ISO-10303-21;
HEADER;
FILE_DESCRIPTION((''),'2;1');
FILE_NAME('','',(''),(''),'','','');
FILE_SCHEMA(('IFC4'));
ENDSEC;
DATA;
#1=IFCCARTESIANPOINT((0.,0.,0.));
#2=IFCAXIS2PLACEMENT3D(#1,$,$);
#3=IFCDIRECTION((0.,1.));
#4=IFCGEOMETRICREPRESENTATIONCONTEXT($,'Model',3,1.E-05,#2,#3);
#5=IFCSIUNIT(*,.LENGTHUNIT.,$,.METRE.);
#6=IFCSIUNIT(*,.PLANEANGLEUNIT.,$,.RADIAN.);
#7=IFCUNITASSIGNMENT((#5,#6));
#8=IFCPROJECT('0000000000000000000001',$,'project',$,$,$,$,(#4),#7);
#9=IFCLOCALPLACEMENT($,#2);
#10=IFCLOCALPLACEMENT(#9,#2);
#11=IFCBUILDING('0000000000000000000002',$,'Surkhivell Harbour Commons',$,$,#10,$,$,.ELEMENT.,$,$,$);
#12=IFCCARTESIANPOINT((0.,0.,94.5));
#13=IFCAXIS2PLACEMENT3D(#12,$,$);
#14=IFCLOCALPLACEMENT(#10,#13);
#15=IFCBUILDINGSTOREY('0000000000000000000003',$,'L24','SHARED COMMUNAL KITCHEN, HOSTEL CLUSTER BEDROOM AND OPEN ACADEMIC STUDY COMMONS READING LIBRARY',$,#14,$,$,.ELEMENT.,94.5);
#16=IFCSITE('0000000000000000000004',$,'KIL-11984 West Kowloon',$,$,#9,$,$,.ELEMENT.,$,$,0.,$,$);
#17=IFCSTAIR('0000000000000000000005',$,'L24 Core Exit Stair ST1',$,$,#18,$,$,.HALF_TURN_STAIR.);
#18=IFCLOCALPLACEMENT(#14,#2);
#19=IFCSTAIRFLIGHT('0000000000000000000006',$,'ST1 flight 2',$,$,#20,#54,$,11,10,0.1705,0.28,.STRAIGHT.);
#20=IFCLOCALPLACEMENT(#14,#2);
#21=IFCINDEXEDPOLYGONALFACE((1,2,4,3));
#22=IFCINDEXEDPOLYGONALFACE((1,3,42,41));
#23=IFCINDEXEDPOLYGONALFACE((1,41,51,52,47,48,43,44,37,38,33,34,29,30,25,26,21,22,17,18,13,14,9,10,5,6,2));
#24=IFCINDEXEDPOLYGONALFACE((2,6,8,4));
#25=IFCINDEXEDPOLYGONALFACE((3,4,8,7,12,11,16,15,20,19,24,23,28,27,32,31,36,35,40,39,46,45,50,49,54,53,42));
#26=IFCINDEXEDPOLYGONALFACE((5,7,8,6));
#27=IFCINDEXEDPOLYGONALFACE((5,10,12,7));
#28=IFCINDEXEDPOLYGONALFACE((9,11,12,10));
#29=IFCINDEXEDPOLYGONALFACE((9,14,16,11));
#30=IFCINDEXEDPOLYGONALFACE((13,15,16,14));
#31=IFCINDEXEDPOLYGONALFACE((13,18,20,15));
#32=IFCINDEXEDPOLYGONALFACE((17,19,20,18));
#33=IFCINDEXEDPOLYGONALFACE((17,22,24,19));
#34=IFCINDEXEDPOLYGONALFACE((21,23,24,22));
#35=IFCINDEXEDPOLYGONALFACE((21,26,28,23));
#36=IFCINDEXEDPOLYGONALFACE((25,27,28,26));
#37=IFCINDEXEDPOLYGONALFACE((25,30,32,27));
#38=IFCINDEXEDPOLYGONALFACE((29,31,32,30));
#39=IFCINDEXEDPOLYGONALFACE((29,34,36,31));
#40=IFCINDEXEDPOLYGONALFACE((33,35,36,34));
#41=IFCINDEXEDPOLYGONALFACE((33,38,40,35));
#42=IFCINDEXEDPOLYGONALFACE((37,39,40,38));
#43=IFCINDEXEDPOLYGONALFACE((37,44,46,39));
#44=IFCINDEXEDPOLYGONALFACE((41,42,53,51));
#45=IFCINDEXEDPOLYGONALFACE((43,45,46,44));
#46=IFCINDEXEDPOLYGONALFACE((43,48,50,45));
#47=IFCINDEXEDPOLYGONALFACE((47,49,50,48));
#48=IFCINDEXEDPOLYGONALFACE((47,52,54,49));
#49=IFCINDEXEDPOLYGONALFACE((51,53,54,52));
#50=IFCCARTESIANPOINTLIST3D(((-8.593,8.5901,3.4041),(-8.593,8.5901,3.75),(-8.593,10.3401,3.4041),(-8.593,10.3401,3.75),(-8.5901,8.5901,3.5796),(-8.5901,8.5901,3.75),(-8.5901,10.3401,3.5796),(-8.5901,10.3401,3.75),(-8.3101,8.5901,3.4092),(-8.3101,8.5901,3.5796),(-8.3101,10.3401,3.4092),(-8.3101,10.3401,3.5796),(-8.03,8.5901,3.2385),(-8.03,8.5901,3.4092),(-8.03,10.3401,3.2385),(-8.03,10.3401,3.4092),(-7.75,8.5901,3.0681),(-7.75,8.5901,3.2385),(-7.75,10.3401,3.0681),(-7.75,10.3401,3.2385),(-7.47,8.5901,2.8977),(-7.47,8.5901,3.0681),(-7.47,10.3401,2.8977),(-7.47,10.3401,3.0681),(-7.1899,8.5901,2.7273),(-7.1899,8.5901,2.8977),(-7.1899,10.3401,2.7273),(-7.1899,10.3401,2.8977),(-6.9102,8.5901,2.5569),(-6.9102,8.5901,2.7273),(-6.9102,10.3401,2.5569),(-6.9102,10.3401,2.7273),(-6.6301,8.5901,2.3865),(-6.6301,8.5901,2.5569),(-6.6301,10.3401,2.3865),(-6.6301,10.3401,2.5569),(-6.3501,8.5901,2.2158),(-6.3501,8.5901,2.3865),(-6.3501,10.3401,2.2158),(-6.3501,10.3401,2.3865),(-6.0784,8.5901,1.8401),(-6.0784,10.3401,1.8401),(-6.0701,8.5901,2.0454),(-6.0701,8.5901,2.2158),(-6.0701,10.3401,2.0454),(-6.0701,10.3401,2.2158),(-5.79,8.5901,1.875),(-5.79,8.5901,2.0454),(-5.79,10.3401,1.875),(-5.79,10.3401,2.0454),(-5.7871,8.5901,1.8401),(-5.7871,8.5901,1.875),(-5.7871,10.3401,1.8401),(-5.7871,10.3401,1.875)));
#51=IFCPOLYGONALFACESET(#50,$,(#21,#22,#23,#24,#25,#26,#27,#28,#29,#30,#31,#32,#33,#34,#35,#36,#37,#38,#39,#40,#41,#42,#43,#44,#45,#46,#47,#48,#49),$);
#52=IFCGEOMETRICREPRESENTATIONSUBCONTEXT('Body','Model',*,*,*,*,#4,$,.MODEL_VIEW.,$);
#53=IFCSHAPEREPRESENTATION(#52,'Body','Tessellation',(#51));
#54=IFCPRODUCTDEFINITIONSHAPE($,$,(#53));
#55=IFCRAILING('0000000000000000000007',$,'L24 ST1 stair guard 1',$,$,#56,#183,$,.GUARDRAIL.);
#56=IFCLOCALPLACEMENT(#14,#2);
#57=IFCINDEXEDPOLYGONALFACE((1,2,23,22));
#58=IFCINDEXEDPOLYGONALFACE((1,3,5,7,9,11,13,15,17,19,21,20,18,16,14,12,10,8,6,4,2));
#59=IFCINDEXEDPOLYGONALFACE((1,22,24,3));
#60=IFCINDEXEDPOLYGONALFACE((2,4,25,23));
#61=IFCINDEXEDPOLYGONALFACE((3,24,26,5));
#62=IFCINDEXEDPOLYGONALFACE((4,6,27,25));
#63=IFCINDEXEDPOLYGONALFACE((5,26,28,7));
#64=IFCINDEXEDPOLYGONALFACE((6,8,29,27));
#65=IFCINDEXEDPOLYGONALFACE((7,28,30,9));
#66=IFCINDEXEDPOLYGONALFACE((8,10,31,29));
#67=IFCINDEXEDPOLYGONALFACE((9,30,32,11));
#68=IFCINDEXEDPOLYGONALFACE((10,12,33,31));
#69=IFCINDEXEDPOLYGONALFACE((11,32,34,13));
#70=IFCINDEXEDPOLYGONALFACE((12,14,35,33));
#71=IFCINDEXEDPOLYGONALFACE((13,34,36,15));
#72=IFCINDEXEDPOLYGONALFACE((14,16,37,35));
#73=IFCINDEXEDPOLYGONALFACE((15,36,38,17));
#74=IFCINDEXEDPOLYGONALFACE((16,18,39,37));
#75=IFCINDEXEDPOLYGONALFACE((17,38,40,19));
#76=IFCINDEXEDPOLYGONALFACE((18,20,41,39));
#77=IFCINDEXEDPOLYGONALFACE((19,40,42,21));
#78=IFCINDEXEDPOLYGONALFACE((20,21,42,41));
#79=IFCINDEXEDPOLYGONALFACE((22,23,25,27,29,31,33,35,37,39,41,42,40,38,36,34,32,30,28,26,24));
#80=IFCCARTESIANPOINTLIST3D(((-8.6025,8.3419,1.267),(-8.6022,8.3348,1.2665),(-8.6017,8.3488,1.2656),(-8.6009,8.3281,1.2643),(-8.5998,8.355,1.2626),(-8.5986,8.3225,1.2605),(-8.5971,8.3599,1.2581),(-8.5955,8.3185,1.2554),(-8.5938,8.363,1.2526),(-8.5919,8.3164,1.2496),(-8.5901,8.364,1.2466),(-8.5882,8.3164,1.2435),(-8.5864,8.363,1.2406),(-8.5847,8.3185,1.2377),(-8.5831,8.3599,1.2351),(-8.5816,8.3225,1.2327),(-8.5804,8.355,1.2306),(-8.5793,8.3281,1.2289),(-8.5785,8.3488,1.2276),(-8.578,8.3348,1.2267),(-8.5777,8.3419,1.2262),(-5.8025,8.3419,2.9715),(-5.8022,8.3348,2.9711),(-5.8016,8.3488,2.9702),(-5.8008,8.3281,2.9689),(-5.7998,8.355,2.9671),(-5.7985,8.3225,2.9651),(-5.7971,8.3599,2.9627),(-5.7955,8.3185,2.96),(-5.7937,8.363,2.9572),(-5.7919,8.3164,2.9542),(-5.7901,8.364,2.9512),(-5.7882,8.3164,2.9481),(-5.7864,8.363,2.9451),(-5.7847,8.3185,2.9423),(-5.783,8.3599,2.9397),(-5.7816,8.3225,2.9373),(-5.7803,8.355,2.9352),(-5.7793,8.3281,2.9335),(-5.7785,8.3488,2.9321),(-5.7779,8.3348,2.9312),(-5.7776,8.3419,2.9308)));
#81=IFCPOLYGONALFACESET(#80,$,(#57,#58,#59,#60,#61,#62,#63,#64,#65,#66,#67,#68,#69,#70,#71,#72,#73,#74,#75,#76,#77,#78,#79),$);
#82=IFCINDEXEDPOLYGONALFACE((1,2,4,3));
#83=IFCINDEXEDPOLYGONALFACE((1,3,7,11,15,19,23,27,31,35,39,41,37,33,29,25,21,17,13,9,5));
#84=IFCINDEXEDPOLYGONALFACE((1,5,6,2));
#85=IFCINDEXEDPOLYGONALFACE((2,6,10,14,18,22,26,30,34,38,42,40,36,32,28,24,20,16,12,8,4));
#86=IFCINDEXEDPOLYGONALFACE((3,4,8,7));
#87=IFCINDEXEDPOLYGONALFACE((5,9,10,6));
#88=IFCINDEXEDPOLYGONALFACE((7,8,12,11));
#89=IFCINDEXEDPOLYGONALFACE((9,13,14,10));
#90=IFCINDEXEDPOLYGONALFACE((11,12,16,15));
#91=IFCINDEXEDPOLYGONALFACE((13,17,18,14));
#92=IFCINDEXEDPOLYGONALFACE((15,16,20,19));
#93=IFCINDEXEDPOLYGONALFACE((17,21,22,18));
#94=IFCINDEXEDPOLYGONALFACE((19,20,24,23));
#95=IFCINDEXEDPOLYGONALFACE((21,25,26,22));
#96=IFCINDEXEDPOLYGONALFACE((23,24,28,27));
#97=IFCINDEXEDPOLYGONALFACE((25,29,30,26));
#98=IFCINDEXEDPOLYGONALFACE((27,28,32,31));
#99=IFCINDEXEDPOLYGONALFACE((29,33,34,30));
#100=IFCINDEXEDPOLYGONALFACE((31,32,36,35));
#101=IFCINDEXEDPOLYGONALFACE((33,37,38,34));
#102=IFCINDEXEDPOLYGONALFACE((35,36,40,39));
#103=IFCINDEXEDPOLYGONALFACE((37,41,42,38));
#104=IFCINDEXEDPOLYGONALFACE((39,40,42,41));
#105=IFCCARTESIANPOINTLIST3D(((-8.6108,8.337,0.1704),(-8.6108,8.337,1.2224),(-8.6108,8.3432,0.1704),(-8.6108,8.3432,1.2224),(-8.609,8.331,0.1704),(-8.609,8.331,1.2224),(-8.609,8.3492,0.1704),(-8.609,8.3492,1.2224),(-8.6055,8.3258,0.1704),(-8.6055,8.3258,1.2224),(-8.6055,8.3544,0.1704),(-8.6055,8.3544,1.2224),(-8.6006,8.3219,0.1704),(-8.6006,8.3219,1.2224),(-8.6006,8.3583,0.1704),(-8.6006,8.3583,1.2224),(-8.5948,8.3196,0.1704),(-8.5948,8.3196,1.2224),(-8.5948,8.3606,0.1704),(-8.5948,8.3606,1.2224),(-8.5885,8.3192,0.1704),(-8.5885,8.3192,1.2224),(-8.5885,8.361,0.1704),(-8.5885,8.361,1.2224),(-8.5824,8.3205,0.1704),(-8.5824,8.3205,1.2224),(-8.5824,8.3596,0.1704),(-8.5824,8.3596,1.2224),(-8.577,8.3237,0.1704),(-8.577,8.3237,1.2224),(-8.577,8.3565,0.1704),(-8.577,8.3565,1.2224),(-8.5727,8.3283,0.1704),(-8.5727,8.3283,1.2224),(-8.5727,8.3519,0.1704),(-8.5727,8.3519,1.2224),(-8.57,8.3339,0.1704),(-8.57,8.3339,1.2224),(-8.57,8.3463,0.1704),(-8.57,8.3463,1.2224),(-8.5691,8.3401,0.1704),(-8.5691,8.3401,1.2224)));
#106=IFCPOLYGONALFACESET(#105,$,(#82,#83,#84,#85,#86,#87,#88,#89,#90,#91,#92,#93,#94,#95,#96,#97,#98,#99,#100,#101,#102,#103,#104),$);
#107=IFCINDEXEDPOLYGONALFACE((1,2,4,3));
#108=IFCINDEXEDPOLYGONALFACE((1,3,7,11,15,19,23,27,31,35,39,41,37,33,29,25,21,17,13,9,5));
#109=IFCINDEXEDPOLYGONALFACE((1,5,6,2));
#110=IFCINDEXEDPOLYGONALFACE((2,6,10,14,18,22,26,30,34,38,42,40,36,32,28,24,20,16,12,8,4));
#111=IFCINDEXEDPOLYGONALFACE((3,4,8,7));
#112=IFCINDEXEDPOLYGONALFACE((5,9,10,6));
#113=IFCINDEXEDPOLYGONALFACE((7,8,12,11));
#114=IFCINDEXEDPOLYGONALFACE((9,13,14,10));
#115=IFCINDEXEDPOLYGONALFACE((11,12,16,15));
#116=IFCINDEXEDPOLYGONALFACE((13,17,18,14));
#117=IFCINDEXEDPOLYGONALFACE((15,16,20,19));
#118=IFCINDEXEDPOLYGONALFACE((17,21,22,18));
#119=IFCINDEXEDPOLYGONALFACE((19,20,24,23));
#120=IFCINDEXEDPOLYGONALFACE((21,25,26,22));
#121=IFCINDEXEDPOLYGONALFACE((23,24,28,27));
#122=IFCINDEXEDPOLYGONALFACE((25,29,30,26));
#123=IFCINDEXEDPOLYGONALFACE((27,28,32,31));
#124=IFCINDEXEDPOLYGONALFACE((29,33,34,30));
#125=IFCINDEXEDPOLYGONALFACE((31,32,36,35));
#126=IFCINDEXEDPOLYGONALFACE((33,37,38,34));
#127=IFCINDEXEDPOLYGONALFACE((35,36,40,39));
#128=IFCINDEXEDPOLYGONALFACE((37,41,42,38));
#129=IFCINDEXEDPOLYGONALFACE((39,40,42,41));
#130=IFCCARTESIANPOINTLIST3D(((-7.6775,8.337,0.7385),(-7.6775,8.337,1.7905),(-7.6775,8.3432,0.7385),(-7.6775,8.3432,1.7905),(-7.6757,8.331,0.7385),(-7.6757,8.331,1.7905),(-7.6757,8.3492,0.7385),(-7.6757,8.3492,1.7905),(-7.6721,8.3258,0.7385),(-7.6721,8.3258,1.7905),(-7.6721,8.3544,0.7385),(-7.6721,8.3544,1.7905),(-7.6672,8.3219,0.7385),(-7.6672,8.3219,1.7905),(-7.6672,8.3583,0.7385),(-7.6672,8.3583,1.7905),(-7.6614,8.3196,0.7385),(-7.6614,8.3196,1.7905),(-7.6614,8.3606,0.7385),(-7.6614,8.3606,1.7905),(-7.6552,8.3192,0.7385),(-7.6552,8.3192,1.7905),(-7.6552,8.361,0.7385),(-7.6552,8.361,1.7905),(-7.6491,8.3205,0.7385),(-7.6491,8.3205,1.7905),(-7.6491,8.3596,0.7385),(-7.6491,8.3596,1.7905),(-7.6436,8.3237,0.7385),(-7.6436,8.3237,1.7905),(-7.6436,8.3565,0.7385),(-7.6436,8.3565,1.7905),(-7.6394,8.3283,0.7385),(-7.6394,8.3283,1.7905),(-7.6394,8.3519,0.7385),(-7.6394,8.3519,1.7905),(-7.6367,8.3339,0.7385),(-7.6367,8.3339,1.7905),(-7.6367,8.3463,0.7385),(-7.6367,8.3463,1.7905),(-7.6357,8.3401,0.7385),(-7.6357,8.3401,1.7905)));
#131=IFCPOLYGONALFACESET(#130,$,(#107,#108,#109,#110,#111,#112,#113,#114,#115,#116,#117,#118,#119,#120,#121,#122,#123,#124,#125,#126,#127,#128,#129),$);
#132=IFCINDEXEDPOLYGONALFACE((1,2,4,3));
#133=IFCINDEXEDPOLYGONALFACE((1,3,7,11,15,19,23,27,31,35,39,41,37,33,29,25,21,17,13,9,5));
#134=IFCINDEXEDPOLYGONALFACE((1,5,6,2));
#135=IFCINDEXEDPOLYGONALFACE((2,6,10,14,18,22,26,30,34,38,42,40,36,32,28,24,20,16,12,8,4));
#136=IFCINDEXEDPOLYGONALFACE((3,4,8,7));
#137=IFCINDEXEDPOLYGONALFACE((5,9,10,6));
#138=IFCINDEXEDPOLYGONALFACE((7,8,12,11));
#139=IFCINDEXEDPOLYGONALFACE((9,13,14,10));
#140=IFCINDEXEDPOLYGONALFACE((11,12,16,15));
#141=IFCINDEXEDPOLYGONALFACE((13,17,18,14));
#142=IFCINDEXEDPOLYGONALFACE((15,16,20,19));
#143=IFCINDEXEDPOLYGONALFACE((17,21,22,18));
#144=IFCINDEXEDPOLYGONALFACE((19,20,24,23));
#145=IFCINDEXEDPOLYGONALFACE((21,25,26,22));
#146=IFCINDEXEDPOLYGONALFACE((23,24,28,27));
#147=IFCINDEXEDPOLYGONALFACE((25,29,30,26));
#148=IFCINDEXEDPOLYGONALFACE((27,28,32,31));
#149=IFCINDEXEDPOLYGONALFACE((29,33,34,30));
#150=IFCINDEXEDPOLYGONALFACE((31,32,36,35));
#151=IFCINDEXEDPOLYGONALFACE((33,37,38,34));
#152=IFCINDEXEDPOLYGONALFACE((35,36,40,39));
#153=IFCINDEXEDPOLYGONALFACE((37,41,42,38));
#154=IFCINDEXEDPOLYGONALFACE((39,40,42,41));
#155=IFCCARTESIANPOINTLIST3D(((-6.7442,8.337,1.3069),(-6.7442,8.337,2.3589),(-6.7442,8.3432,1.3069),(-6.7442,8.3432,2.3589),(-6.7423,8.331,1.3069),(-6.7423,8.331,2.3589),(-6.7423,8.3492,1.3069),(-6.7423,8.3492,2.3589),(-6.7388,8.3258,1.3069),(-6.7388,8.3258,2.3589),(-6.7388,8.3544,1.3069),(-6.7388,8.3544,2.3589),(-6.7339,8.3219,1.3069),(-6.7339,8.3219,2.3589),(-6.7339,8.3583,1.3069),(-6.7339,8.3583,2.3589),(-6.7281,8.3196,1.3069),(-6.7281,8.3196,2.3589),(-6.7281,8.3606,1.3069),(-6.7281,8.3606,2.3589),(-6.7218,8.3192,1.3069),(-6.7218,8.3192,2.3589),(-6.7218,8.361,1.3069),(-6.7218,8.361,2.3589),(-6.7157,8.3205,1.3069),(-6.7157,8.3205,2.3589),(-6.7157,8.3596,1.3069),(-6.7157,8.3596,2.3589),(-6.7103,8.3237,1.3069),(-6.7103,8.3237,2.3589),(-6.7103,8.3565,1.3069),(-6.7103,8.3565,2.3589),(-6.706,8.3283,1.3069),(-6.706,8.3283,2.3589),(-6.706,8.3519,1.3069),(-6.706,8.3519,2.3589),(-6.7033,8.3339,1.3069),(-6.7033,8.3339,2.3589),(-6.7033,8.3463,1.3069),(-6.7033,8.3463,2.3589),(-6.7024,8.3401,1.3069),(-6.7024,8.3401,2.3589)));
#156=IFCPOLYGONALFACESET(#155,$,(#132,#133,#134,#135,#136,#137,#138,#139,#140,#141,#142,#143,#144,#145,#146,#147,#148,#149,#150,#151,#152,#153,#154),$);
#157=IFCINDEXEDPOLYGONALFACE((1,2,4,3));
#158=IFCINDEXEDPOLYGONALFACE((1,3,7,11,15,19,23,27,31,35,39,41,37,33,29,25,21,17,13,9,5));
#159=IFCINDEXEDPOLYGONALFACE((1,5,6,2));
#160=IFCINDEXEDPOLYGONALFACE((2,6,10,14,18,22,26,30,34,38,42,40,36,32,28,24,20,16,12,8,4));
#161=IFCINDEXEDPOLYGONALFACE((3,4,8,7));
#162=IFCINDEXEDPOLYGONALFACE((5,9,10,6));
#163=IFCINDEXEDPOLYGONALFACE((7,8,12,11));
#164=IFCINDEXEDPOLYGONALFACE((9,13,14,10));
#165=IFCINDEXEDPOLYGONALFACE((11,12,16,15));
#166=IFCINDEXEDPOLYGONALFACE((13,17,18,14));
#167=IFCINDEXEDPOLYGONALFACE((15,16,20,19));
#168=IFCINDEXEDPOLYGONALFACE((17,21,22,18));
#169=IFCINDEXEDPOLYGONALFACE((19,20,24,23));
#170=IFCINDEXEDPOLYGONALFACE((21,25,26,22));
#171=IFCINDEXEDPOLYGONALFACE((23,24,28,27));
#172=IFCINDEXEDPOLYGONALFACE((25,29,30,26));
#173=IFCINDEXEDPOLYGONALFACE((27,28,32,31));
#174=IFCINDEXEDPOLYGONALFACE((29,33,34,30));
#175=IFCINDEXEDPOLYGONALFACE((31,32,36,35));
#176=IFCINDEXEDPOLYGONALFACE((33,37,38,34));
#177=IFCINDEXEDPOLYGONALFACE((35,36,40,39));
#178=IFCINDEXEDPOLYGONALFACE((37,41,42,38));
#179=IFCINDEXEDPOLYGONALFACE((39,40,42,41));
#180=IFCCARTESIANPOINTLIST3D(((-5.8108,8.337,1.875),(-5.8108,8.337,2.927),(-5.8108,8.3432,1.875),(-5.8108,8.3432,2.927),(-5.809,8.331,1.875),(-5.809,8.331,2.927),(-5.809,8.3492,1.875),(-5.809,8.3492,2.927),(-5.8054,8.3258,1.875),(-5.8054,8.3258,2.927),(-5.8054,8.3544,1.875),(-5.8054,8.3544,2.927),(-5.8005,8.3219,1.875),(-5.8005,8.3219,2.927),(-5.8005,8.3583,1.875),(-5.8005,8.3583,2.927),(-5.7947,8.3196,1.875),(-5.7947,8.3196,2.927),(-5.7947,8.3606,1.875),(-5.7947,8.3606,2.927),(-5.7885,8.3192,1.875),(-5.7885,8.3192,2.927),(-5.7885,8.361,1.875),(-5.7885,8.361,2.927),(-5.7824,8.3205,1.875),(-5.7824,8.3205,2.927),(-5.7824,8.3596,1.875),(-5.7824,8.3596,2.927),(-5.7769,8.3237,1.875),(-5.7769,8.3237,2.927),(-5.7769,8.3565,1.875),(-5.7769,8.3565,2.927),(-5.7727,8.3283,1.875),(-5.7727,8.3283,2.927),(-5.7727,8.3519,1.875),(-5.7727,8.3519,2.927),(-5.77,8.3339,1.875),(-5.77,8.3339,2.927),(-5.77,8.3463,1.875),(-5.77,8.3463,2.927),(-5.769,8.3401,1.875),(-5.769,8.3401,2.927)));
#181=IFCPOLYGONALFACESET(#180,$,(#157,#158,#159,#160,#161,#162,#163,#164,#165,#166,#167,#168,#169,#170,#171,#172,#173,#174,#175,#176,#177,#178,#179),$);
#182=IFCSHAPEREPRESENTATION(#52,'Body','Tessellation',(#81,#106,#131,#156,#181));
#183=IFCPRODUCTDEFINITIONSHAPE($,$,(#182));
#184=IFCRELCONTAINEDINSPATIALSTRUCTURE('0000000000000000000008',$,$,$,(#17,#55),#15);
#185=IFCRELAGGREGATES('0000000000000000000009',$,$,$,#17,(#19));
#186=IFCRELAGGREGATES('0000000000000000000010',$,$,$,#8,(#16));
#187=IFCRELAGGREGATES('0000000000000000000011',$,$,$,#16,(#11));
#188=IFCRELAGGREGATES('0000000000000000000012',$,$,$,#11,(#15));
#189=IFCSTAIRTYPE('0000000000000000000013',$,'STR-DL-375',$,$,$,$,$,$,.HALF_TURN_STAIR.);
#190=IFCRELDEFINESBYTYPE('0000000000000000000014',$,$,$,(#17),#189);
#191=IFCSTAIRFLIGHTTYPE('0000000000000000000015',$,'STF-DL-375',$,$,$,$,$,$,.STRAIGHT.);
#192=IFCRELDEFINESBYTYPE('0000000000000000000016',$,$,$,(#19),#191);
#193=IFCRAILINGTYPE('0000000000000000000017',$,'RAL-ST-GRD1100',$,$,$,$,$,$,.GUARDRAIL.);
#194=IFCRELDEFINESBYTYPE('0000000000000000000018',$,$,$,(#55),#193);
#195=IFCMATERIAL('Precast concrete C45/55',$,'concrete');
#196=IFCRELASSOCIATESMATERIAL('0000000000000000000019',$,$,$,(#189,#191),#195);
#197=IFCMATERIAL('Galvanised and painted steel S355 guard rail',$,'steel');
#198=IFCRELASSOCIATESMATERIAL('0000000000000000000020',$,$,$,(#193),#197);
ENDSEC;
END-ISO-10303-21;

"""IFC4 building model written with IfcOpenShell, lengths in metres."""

from ifc_helpers import new_model, si_unit, direction, frame, origin, origin_2d, place, context, subcontext, project, spatial, polyline, circle, outline, extrude, material, type_object, element, aggregate, save


model = new_model("IFC4")

# Units and contexts
model_context = context("Model", 3, precision=1e-05, world=origin(), true_north=direction((0.0, 1.0)))
body_context = subcontext(model_context, "Body", "Model", "MODEL_VIEW")
ifc_project = project(units=[si_unit("LENGTHUNIT", "METRE"), si_unit("PLANEANGLEUNIT", "RADIAN")], contexts=[model_context])

# Site, building, storey
site_placement = place(None, origin())
site = spatial("IfcSite", under=ifc_project, at=site_placement, Name="KIL-11984 West Kowloon", CompositionType="ELEMENT", RefElevation=0.0)
building_placement = place(site_placement, origin())
building = spatial("IfcBuilding", under=site, at=building_placement, Name="Surkhivell Harbour Commons", CompositionType="ELEMENT")
storey_placement = place(building_placement, frame((0.0, 0.0, 94.5)))
storey = spatial("IfcBuildingStorey", under=building, at=storey_placement, Name="L24", Description="SHARED COMMUNAL KITCHEN, HOSTEL CLUSTER BEDROOM AND OPEN ACADEMIC STUDY COMMONS READING LIBRARY", CompositionType="ELEMENT", Elevation=94.5)

# Stair, stair flight
ifc_material_1 = material(Name="Precast concrete C45/55", Category="concrete")
stair_type = type_object("IfcStairType", Name="STR-DL-375", PredefinedType="HALF_TURN_STAIR", material=ifc_material_1)
stair_placement = place(storey_placement, origin())
stair = element("IfcStair", 1, at=stair_placement, inside=storey, type_object=stair_type, Name="L24 Core Exit Stair ST1", PredefinedType="HALF_TURN_STAIR")
stair_flight_type = type_object("IfcStairFlightType", Name="STF-DL-375", PredefinedType="STRAIGHT", material=ifc_material_1)
stair_flight_1_placement = place(storey_placement, frame((-5.79, 9.4651, 1.875), z_axis=(0.0, 0.0, 1.0), x_axis=(-1.0, 0.0, 0.0)))
stair_flight_1 = element("IfcStairFlight", 2, at=stair_flight_1_placement, type_object=stair_flight_type, Name="ST1 flight 2", NumberOfRisers=11, NumberOfTreads=10, PredefinedType="STRAIGHT", RiserHeight=0.1705, TreadLength=0.28, context=body_context, shape_type="SweptSolid", body=[
    extrude(outline(polyline([(-0.0029, -0.0349), (-0.0029, 0.0), (0.0, 0.0), (0.0, 0.1704), (0.28, 0.1704), (0.28, 0.3408), (0.5601, 0.3408), (0.5601, 0.5115), (0.8401, 0.5115), (0.8401, 0.6819), (1.1201, 0.6819), (1.1201, 0.8523), (1.3999, 0.8523), (1.3999, 1.0227), (1.6799, 1.0227), (1.6799, 1.1931), (1.96, 1.1931), (1.96, 1.3635), (2.24, 1.3635), (2.24, 1.5342), (2.52, 1.5342), (2.52, 1.7046), (2.8, 1.7046), (2.8, 1.875), (2.803, 1.875), (2.803, 1.5291), (0.2883, -0.0349), (-0.0029, -0.0349)])), frame((0.0, 0.875, 0.0), z_axis=(0.0, -1.0, 0.0), x_axis=(1.0, 0.0, 0.0)), (0.0, 0.0, 1.0), 1.75),
])
aggregate(stair, [stair_flight_1])

# Railing
ifc_material_2 = material(Name="Galvanised and painted steel S355 guard rail", Category="steel")
railing_type_1 = type_object("IfcRailingType", Name="RAL-ST-GRD1100", PredefinedType="GUARDRAIL", material=ifc_material_2)
railing_1_placement = place(storey_placement, frame((-8.5901, 8.3401, 0.1704)))
element("IfcRailing", 3, at=railing_1_placement, inside=storey, type_object=railing_type_1, Name="L24 ST1 stair guard 1", PredefinedType="GUARDRAIL", context=body_context, shape_type="SweptSolid", body=[
    extrude(circle(Radius=0.0239, at=origin_2d()), frame((0.0, 0.0, 1.0762), z_axis=(0.85417, 0.0, 0.519994), x_axis=(0.0, 1.0, 0.0)), (0.0, 0.0, 1.0), 3.2781),
    extrude(circle(Radius=0.021, at=origin_2d()), origin(), (0.0, 0.0, 1.0), 1.052),
    extrude(circle(Radius=0.021, at=origin_2d()), frame((0.9333, 0.0, 0.5681)), (0.0, 0.0, 1.0), 1.052),
    extrude(circle(Radius=0.021, at=origin_2d()), frame((1.8667, 0.0, 1.1365)), (0.0, 0.0, 1.0), 1.052),
    extrude(circle(Radius=0.021, at=origin_2d()), frame((2.8, 0.0, 1.7046)), (0.0, 0.0, 1.0), 1.052),
])

save(model, "model.ifc")
